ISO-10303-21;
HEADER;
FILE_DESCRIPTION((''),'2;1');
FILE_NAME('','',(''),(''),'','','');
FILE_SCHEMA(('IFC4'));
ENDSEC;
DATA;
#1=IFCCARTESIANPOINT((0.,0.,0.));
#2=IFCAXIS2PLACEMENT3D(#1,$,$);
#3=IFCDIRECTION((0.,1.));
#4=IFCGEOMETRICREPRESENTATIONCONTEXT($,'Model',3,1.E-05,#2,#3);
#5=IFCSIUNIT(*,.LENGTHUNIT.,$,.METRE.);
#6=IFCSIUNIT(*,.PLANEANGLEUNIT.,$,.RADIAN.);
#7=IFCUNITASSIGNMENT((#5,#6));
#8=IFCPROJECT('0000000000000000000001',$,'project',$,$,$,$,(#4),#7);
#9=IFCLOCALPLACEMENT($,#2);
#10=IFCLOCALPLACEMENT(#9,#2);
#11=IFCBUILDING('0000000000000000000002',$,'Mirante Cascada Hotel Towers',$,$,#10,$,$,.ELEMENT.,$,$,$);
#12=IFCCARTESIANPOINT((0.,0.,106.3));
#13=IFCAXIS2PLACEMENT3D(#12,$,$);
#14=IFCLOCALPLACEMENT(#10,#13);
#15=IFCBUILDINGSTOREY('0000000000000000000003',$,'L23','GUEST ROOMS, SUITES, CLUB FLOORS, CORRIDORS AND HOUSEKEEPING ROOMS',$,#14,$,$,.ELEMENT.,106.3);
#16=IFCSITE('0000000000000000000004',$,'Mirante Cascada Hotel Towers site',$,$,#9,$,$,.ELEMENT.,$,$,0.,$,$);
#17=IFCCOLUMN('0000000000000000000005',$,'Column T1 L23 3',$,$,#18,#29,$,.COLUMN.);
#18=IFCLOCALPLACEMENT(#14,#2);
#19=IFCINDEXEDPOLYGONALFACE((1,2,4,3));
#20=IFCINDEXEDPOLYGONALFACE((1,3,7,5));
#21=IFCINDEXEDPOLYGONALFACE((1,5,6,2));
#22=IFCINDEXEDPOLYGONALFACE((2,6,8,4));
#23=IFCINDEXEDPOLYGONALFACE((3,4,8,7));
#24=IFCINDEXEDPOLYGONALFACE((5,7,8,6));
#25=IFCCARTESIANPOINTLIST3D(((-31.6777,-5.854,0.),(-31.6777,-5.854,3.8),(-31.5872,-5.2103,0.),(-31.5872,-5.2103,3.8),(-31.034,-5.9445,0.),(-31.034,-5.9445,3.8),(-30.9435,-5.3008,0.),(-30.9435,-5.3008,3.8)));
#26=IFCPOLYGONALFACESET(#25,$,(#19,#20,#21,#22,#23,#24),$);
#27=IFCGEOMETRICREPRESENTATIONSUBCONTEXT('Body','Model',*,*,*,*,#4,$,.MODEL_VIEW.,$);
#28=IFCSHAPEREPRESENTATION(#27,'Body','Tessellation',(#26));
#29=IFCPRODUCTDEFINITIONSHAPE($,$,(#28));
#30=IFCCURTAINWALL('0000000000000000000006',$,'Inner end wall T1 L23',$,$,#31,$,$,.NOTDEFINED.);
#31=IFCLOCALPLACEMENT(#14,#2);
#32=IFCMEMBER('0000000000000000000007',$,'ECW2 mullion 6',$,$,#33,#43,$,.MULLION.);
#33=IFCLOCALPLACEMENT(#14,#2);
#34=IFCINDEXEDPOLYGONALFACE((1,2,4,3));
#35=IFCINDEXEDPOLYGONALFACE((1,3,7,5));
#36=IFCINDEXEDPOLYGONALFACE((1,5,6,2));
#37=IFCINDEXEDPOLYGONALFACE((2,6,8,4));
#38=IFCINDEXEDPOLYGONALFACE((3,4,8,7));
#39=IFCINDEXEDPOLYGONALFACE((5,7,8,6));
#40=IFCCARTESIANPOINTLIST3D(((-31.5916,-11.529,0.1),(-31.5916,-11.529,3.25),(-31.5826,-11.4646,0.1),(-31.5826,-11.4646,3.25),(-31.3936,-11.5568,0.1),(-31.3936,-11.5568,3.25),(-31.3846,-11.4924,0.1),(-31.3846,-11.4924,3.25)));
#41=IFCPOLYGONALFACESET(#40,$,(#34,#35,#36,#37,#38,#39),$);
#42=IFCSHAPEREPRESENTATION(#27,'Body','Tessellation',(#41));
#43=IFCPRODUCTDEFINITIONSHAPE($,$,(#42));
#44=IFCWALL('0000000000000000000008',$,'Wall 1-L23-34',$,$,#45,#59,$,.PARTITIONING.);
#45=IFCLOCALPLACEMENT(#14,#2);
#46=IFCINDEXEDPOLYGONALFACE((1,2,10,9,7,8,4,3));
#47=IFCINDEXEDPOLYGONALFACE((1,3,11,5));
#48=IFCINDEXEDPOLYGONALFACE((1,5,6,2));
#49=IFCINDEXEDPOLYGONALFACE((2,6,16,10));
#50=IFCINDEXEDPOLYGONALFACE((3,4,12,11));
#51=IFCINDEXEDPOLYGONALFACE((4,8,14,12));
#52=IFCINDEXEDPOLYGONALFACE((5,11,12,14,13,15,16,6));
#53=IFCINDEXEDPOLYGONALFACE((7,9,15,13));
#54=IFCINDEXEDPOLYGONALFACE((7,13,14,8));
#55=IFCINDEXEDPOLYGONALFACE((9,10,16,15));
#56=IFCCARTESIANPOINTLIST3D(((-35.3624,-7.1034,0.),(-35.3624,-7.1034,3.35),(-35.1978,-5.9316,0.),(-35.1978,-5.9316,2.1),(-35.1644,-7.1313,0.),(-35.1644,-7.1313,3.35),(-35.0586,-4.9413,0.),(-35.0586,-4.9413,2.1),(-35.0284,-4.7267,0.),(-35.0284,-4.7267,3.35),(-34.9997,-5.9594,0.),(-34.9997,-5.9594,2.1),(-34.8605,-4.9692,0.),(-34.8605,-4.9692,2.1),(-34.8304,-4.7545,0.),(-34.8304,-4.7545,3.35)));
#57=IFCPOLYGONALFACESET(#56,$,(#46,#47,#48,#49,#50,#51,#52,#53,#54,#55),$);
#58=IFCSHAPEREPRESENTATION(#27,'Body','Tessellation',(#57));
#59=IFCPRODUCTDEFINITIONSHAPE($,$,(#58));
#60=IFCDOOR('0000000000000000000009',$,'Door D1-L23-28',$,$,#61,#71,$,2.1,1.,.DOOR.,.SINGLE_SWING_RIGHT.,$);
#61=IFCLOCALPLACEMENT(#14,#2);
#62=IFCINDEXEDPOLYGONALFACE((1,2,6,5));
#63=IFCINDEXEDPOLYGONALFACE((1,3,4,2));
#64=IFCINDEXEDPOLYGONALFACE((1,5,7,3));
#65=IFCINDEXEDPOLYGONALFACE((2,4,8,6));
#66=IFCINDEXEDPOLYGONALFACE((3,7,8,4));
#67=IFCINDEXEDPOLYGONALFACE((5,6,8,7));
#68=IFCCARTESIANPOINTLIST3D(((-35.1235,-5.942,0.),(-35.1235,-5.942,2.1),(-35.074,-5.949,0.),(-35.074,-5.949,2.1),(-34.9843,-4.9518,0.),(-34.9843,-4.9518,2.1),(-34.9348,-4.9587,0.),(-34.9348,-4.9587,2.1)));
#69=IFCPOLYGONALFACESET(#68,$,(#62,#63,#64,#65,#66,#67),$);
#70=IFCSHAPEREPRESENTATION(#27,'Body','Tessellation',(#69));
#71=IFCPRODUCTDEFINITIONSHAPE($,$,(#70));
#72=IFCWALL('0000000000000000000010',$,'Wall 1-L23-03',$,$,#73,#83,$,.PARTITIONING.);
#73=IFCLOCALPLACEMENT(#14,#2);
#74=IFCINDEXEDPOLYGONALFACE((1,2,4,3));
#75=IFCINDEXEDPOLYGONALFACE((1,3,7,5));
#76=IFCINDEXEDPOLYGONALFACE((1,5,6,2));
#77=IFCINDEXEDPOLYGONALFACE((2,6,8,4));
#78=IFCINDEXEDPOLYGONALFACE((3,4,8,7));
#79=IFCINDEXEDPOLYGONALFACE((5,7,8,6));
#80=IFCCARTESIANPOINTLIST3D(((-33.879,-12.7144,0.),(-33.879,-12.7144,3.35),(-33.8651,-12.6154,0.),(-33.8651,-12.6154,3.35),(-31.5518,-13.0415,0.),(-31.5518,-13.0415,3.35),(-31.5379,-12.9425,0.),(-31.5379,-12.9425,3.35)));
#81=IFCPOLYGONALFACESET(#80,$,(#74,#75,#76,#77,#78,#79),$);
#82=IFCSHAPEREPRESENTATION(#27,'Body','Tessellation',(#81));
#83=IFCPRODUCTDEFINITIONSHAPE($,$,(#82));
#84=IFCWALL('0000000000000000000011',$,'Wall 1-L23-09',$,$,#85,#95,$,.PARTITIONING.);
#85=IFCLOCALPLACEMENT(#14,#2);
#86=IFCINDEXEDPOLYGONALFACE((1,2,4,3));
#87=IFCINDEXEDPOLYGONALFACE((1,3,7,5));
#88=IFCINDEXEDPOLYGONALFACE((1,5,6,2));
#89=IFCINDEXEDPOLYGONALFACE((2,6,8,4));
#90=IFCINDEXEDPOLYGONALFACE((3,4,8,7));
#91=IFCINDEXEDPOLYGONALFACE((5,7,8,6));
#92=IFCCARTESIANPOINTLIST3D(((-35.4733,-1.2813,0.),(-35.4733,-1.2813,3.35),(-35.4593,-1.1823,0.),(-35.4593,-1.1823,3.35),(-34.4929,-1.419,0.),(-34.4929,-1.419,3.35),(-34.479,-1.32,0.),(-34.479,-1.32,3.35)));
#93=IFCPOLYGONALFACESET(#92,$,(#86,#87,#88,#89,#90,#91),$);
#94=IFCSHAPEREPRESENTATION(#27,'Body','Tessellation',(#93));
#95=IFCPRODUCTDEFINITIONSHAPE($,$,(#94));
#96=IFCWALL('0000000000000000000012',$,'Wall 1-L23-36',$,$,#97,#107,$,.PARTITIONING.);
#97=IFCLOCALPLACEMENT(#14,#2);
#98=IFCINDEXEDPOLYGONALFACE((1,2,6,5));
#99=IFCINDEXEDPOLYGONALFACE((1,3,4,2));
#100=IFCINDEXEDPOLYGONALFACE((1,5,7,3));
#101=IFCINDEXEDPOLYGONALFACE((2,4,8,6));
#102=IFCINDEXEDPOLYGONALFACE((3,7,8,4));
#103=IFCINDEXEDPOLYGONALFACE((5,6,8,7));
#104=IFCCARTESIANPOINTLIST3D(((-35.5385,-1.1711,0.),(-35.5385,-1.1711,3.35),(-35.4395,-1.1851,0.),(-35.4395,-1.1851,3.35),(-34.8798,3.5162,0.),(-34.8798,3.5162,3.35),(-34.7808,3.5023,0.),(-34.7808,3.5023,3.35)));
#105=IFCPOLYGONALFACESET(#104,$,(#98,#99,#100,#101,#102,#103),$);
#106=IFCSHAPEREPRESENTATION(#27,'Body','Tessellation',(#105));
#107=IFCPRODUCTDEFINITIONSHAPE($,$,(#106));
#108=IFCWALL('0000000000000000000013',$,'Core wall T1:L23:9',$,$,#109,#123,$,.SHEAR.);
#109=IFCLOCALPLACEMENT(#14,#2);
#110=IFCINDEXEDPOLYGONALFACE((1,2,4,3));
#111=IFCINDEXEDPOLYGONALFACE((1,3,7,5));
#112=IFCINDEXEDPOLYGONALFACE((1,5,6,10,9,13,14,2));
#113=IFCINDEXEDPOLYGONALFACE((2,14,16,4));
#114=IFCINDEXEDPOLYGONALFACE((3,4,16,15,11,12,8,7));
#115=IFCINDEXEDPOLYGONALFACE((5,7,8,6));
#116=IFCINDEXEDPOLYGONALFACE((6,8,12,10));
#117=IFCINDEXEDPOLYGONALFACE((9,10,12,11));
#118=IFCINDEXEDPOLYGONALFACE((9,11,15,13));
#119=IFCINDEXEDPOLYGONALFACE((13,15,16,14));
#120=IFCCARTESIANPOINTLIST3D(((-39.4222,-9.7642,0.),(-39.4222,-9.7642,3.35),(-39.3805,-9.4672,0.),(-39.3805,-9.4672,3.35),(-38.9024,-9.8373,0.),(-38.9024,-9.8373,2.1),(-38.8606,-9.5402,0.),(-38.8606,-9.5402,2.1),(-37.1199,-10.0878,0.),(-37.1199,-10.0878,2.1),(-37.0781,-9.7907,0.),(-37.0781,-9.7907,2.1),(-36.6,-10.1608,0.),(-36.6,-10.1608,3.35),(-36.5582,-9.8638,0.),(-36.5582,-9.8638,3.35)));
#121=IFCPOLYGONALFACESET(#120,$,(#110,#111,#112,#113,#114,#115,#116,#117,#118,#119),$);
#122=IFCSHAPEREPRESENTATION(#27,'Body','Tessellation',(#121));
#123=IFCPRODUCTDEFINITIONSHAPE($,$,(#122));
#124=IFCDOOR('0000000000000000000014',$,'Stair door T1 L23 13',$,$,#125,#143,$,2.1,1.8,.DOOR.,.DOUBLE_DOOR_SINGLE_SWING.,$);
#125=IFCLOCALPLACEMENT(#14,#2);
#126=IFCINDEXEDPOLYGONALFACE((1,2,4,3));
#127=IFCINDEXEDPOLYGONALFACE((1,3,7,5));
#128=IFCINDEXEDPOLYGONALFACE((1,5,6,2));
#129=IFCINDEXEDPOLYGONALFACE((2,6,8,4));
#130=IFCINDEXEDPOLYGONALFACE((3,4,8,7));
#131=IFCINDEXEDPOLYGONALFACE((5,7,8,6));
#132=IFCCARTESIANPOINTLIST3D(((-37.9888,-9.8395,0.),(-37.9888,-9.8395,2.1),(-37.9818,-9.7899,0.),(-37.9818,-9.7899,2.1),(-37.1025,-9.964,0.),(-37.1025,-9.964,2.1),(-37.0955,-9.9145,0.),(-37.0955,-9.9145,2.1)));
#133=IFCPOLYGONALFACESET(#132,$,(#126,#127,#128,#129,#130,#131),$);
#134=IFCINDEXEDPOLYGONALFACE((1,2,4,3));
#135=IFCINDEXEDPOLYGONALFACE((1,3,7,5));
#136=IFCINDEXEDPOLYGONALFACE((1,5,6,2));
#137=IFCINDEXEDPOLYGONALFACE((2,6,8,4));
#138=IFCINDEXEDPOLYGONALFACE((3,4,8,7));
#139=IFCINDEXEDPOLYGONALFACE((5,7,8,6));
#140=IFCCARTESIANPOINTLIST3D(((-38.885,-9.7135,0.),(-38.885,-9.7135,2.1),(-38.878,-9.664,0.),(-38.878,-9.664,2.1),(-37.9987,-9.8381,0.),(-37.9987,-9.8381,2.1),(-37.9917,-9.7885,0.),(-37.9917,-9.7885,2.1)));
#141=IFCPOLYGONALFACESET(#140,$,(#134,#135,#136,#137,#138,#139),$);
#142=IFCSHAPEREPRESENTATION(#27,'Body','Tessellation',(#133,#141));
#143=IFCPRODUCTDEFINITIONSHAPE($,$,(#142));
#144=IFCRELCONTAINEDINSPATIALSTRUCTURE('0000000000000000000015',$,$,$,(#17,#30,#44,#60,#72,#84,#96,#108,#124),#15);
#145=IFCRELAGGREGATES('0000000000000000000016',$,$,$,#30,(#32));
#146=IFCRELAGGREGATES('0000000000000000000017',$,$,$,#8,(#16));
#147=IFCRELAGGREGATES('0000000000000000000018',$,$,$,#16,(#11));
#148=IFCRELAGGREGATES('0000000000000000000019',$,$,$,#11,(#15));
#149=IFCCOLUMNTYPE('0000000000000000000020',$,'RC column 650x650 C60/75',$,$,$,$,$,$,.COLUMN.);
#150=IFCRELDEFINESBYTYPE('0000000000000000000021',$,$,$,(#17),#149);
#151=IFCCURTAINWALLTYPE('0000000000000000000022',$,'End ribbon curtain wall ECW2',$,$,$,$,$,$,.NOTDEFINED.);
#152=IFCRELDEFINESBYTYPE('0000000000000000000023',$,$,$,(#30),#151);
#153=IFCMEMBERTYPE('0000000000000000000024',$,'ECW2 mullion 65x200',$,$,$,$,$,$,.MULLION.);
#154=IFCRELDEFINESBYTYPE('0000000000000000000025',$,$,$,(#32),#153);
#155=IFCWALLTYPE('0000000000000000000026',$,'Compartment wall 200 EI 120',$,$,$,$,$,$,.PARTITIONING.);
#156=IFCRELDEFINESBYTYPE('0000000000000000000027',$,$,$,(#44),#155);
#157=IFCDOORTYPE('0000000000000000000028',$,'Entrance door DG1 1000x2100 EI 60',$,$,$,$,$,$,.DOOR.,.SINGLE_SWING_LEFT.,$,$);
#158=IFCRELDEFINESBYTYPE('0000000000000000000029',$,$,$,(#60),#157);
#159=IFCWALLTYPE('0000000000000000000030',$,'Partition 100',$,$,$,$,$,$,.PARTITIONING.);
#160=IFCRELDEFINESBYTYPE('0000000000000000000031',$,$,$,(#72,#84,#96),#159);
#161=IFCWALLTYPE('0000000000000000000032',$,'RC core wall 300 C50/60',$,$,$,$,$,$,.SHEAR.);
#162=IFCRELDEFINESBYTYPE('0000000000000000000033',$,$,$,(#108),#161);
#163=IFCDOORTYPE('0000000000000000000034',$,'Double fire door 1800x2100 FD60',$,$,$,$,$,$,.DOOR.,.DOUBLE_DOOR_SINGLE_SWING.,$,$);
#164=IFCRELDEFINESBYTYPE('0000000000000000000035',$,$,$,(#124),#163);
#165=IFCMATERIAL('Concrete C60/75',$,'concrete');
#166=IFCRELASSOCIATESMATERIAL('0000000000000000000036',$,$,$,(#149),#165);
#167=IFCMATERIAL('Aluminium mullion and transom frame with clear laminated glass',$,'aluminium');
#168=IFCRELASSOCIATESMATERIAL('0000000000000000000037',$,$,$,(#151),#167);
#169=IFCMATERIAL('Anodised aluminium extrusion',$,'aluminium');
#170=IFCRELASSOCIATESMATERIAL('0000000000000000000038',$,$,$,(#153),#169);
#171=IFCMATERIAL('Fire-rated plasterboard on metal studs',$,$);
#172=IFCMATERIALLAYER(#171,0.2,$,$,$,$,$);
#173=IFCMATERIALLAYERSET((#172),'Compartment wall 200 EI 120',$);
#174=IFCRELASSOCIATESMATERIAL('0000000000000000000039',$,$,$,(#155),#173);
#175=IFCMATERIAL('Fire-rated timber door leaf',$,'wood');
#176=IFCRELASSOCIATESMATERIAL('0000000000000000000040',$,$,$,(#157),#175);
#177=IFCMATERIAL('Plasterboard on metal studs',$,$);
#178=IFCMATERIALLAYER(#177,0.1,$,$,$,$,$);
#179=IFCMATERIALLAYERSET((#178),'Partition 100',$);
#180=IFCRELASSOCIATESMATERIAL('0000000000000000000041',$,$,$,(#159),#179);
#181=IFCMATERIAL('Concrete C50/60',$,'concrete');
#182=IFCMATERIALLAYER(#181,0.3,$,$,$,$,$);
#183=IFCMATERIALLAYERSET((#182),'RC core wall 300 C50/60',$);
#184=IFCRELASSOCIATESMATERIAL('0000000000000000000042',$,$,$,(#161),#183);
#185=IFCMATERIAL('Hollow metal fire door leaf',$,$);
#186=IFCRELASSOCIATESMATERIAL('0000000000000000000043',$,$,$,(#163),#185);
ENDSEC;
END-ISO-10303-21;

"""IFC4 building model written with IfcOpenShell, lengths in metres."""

from ifc_helpers import new_model, si_unit, direction, frame, frame_2d, origin, origin_2d, place, context, subcontext, project, spatial, rectangle, extrude, material, layer, layer_set, material_profile, profile_set, type_object, element, fill, aggregate, save


model = new_model("IFC4")

# Units and contexts
model_context = context("Model", 3, precision=1e-05, world=origin(), true_north=direction((0.0, 1.0)))
body_context = subcontext(model_context, "Body", "Model", "MODEL_VIEW")
ifc_project = project(units=[si_unit("LENGTHUNIT", "METRE"), si_unit("PLANEANGLEUNIT", "RADIAN")], contexts=[model_context])

# Site, building, storey
site_placement = place(None, origin())
site = spatial("IfcSite", under=ifc_project, at=site_placement, Name="Mirante Cascada Hotel Towers site", CompositionType="ELEMENT", RefElevation=0.0)
building_placement = place(site_placement, origin())
building = spatial("IfcBuilding", under=site, at=building_placement, Name="Mirante Cascada Hotel Towers", CompositionType="ELEMENT")
storey_placement = place(building_placement, frame((0.0, 0.0, 106.3)))
storey = spatial("IfcBuildingStorey", under=building, at=storey_placement, Name="L23", Description="GUEST ROOMS, SUITES, CLUB FLOORS, CORRIDORS AND HOUSEKEEPING ROOMS", CompositionType="ELEMENT", Elevation=106.3)

# Column
ifc_material_1 = material(Name="Concrete C60/75", Category="concrete")
ifc_material_profile_1 = material_profile(ifc_material_1, rectangle(XDim=0.65, YDim=0.65, at=origin_2d()), Name="RC column 650x650 C60/75")
ifc_profile_set_1 = profile_set([ifc_material_profile_1], Name="Concrete C60/75")
column_type = type_object("IfcColumnType", Name="RC column 650x650 C60/75", PredefinedType="COLUMN", material=ifc_profile_set_1)
column_placement = place(storey_placement, frame((-31.3106, -5.5774, 0.0), z_axis=(0.0, 0.0, 1.0), x_axis=(-0.990268, 0.139173, 0.0)))
element("IfcColumn", 1, at=column_placement, inside=storey, type_object=column_type, Name="Column T1 L23 3", PredefinedType="COLUMN", context=body_context, shape_type="SweptSolid", body=[
    extrude(rectangle(XDim=0.65, YDim=0.65, at=origin_2d()), origin(), (0.0, 0.0, 1.0), 3.8),
])

# Curtain wall, member
ifc_material_2 = material(Name="Aluminium mullion and transom frame with clear laminated glass", Category="aluminium")
curtain_wall_type = type_object("IfcCurtainWallType", Name="End ribbon curtain wall ECW2", PredefinedType="NOTDEFINED", material=ifc_material_2)
curtain_wall_placement = place(storey_placement, origin())
curtain_wall = element("IfcCurtainWall", 2, at=curtain_wall_placement, inside=storey, type_object=curtain_wall_type, Name="Inner end wall T1 L23", PredefinedType="NOTDEFINED")
ifc_material_3 = material(Name="Anodised aluminium extrusion", Category="aluminium")
ifc_material_profile_2 = material_profile(ifc_material_3, rectangle(XDim=0.2, YDim=0.065, at=origin_2d()), Name="ECW2 MULLION 65x200")
ifc_profile_set_2 = profile_set([ifc_material_profile_2], Name="Anodised aluminium extrusion")
member_type = type_object("IfcMemberType", Name="ECW2 mullion 65x200", PredefinedType="MULLION", material=ifc_profile_set_2)
member_placement = place(storey_placement, frame((-31.4881, -11.5107, 0.1), z_axis=(0.0, 0.0, 1.0), x_axis=(0.990268, -0.139173, 0.0)))
member = element("IfcMember", 3, at=member_placement, type_object=member_type, Name="ECW2 mullion 6", PredefinedType="MULLION", context=body_context, shape_type="SweptSolid", body=[
    extrude(rectangle(XDim=0.2, YDim=0.065, at=origin_2d()), origin(), (0.0, 0.0, 1.0), 3.15),
])
aggregate(curtain_wall, [member])

# Wall, opening, door
ifc_material_4 = material(Name="Fire-rated plasterboard on metal studs")
ifc_layer_1 = layer(ifc_material_4, 0.2)
ifc_layer_set_1 = layer_set([ifc_layer_1], Name="Compartment wall 200 EI 120")
wall_type_1 = type_object("IfcWallType", Name="Compartment wall 200 EI 120", PredefinedType="PARTITIONING", material=ifc_layer_set_1)
wall_1_placement = place(storey_placement, frame((-35.2634, -7.1173, 0.0), z_axis=(0.0, 0.0, 1.0), x_axis=(0.139163, 0.990269, 0.0)))
wall_1 = element("IfcWall", 4, at=wall_1_placement, inside=storey, type_object=wall_type_1, Name="Wall 1-L23-34", PredefinedType="PARTITIONING", context=body_context, shape_type="SweptSolid", body=[
    extrude(rectangle(XDim=2.4001, YDim=0.2, at=frame_2d((1.2, 0.0))), origin(), (0.0, 0.0, 1.0), 3.35),
])
opening_1_placement = place(wall_1_placement, frame((1.1833, 0.0, 0.0)))
opening_1 = element("IfcOpeningElement", 5, at=opening_1_placement, cuts=wall_1, PredefinedType="OPENING", context=body_context, shape_type="SweptSolid", body=[
    extrude(rectangle(XDim=1.0, YDim=2.1, at=frame_2d((0.5, 1.05))), frame((0.0, 0.1, 0.0), z_axis=(0.0, -1.0, 0.0), x_axis=(1.0, 0.0, 0.0)), (0.0, 0.0, 1.0), 0.2),
])
ifc_material_5 = material(Name="Fire-rated timber door leaf", Category="wood")
door_type_1 = type_object("IfcDoorType", Name="Entrance door DG1 1000x2100 EI 60", OperationType="SINGLE_SWING_LEFT", PredefinedType="DOOR", material=ifc_material_5)
door_1_placement = place(opening_1_placement, frame((1.0, 0.0, 0.0), z_axis=(0.0, 0.0, 1.0), x_axis=(-1.0, 0.0, 0.0)))
door_1 = element("IfcDoor", 6, at=door_1_placement, inside=storey, type_object=door_type_1, Name="Door D1-L23-28", OperationType="SINGLE_SWING_RIGHT", OverallHeight=2.1, OverallWidth=1.0, PredefinedType="DOOR", context=body_context, shape_type="SweptSolid", body=[
    extrude(rectangle(XDim=1.0, YDim=2.1, at=frame_2d((0.5, 1.05))), frame((0.0, 0.025, 0.0), z_axis=(0.0, -1.0, 0.0), x_axis=(1.0, 0.0, 0.0)), (0.0, 0.0, 1.0), 0.05),
])
fill(opening_1, door_1)

# Walls
ifc_material_6 = material(Name="Plasterboard on metal studs")
ifc_layer_2 = layer(ifc_material_6, 0.1)
ifc_layer_set_2 = layer_set([ifc_layer_2], Name="Partition 100")
wall_type_2 = type_object("IfcWallType", Name="Partition 100", PredefinedType="PARTITIONING", material=ifc_layer_set_2)
wall_2_placement = place(storey_placement, frame((-33.872, -12.6649, 0.0), z_axis=(0.0, 0.0, 1.0), x_axis=(0.990266, -0.139187, 0.0)))
element("IfcWall", 7, at=wall_2_placement, inside=storey, type_object=wall_type_2, Name="Wall 1-L23-03", PredefinedType="PARTITIONING", context=body_context, shape_type="SweptSolid", body=[
    extrude(rectangle(XDim=2.3501, YDim=0.1, at=frame_2d((1.175, 0.0))), origin(), (0.0, 0.0, 1.0), 3.35),
])
wall_3_placement = place(storey_placement, frame((-35.4663, -1.2318, 0.0), z_axis=(0.0, 0.0, 1.0), x_axis=(0.99028, -0.139088, 0.0)))
element("IfcWall", 8, at=wall_3_placement, inside=storey, type_object=wall_type_2, Name="Wall 1-L23-09", PredefinedType="PARTITIONING", context=body_context, shape_type="SweptSolid", body=[
    extrude(rectangle(XDim=0.99, YDim=0.1, at=frame_2d((0.495, 0.0))), origin(), (0.0, 0.0, 1.0), 3.35),
])
wall_4_placement = place(storey_placement, frame((-35.489, -1.1781, 0.0), z_axis=(0.0, 0.0, 1.0), x_axis=(0.139161, 0.99027, 0.0)))
element("IfcWall", 9, at=wall_4_placement, inside=storey, type_object=wall_type_2, Name="Wall 1-L23-36", PredefinedType="PARTITIONING", context=body_context, shape_type="SweptSolid", body=[
    extrude(rectangle(XDim=4.7334, YDim=0.1, at=frame_2d((2.3667, 0.0))), origin(), (0.0, 0.0, 1.0), 3.35),
])

# Wall, opening, door
ifc_material_7 = material(Name="Concrete C50/60", Category="concrete")
ifc_layer_3 = layer(ifc_material_7, 0.3)
ifc_layer_set_3 = layer_set([ifc_layer_3], Name="RC core wall 300 C50/60")
wall_type_3 = type_object("IfcWallType", Name="RC core wall 300 C50/60", PredefinedType="SHEAR", material=ifc_layer_set_3)
wall_5_placement = place(storey_placement, frame((-36.5791, -10.0123, 0.0), z_axis=(0.0, 0.0, 1.0), x_axis=(-0.99027, 0.139156, 0.0)))
wall_5 = element("IfcWall", 10, at=wall_5_placement, inside=storey, type_object=wall_type_3, Name="Core wall T1:L23:9", PredefinedType="SHEAR", context=body_context, shape_type="SweptSolid", body=[
    extrude(rectangle(XDim=2.85, YDim=0.3, at=frame_2d((1.425, 0.0))), origin(), (0.0, 0.0, 1.0), 3.35),
])
opening_2_placement = place(wall_5_placement, frame((0.525, 0.0, 0.0)))
opening_2 = element("IfcOpeningElement", 11, at=opening_2_placement, cuts=wall_5, PredefinedType="OPENING", context=body_context, shape_type="SweptSolid", body=[
    extrude(rectangle(XDim=1.8, YDim=2.1, at=frame_2d((0.9, 1.05))), frame((0.0, 0.15, 0.0), z_axis=(0.0, -1.0, 0.0), x_axis=(1.0, 0.0, 0.0)), (0.0, 0.0, 1.0), 0.3),
])
ifc_material_8 = material(Name="Hollow metal fire door leaf")
door_type_2 = type_object("IfcDoorType", Name="Double fire door 1800x2100 FD60", OperationType="DOUBLE_DOOR_SINGLE_SWING", PredefinedType="DOOR", material=ifc_material_8)
door_2_placement = place(opening_2_placement, origin())
door_2 = element("IfcDoor", 12, at=door_2_placement, inside=storey, type_object=door_type_2, Name="Stair door T1 L23 13", OperationType="DOUBLE_DOOR_SINGLE_SWING", OverallHeight=2.1, OverallWidth=1.8, PredefinedType="DOOR", context=body_context, shape_type="SweptSolid", body=[
    extrude(rectangle(XDim=0.895, YDim=2.1, at=frame_2d((0.4475, 1.05))), frame((0.0, 0.025, 0.0), z_axis=(0.0, -1.0, 0.0), x_axis=(1.0, 0.0, 0.0)), (0.0, 0.0, 1.0), 0.05),
    extrude(rectangle(XDim=0.895, YDim=2.1, at=frame_2d((1.3525, 1.05))), frame((0.0, 0.025, 0.0), z_axis=(0.0, -1.0, 0.0), x_axis=(1.0, 0.0, 0.0)), (0.0, 0.0, 1.0), 0.05),
])
fill(opening_2, door_2)

save(model, "model.ifc")
